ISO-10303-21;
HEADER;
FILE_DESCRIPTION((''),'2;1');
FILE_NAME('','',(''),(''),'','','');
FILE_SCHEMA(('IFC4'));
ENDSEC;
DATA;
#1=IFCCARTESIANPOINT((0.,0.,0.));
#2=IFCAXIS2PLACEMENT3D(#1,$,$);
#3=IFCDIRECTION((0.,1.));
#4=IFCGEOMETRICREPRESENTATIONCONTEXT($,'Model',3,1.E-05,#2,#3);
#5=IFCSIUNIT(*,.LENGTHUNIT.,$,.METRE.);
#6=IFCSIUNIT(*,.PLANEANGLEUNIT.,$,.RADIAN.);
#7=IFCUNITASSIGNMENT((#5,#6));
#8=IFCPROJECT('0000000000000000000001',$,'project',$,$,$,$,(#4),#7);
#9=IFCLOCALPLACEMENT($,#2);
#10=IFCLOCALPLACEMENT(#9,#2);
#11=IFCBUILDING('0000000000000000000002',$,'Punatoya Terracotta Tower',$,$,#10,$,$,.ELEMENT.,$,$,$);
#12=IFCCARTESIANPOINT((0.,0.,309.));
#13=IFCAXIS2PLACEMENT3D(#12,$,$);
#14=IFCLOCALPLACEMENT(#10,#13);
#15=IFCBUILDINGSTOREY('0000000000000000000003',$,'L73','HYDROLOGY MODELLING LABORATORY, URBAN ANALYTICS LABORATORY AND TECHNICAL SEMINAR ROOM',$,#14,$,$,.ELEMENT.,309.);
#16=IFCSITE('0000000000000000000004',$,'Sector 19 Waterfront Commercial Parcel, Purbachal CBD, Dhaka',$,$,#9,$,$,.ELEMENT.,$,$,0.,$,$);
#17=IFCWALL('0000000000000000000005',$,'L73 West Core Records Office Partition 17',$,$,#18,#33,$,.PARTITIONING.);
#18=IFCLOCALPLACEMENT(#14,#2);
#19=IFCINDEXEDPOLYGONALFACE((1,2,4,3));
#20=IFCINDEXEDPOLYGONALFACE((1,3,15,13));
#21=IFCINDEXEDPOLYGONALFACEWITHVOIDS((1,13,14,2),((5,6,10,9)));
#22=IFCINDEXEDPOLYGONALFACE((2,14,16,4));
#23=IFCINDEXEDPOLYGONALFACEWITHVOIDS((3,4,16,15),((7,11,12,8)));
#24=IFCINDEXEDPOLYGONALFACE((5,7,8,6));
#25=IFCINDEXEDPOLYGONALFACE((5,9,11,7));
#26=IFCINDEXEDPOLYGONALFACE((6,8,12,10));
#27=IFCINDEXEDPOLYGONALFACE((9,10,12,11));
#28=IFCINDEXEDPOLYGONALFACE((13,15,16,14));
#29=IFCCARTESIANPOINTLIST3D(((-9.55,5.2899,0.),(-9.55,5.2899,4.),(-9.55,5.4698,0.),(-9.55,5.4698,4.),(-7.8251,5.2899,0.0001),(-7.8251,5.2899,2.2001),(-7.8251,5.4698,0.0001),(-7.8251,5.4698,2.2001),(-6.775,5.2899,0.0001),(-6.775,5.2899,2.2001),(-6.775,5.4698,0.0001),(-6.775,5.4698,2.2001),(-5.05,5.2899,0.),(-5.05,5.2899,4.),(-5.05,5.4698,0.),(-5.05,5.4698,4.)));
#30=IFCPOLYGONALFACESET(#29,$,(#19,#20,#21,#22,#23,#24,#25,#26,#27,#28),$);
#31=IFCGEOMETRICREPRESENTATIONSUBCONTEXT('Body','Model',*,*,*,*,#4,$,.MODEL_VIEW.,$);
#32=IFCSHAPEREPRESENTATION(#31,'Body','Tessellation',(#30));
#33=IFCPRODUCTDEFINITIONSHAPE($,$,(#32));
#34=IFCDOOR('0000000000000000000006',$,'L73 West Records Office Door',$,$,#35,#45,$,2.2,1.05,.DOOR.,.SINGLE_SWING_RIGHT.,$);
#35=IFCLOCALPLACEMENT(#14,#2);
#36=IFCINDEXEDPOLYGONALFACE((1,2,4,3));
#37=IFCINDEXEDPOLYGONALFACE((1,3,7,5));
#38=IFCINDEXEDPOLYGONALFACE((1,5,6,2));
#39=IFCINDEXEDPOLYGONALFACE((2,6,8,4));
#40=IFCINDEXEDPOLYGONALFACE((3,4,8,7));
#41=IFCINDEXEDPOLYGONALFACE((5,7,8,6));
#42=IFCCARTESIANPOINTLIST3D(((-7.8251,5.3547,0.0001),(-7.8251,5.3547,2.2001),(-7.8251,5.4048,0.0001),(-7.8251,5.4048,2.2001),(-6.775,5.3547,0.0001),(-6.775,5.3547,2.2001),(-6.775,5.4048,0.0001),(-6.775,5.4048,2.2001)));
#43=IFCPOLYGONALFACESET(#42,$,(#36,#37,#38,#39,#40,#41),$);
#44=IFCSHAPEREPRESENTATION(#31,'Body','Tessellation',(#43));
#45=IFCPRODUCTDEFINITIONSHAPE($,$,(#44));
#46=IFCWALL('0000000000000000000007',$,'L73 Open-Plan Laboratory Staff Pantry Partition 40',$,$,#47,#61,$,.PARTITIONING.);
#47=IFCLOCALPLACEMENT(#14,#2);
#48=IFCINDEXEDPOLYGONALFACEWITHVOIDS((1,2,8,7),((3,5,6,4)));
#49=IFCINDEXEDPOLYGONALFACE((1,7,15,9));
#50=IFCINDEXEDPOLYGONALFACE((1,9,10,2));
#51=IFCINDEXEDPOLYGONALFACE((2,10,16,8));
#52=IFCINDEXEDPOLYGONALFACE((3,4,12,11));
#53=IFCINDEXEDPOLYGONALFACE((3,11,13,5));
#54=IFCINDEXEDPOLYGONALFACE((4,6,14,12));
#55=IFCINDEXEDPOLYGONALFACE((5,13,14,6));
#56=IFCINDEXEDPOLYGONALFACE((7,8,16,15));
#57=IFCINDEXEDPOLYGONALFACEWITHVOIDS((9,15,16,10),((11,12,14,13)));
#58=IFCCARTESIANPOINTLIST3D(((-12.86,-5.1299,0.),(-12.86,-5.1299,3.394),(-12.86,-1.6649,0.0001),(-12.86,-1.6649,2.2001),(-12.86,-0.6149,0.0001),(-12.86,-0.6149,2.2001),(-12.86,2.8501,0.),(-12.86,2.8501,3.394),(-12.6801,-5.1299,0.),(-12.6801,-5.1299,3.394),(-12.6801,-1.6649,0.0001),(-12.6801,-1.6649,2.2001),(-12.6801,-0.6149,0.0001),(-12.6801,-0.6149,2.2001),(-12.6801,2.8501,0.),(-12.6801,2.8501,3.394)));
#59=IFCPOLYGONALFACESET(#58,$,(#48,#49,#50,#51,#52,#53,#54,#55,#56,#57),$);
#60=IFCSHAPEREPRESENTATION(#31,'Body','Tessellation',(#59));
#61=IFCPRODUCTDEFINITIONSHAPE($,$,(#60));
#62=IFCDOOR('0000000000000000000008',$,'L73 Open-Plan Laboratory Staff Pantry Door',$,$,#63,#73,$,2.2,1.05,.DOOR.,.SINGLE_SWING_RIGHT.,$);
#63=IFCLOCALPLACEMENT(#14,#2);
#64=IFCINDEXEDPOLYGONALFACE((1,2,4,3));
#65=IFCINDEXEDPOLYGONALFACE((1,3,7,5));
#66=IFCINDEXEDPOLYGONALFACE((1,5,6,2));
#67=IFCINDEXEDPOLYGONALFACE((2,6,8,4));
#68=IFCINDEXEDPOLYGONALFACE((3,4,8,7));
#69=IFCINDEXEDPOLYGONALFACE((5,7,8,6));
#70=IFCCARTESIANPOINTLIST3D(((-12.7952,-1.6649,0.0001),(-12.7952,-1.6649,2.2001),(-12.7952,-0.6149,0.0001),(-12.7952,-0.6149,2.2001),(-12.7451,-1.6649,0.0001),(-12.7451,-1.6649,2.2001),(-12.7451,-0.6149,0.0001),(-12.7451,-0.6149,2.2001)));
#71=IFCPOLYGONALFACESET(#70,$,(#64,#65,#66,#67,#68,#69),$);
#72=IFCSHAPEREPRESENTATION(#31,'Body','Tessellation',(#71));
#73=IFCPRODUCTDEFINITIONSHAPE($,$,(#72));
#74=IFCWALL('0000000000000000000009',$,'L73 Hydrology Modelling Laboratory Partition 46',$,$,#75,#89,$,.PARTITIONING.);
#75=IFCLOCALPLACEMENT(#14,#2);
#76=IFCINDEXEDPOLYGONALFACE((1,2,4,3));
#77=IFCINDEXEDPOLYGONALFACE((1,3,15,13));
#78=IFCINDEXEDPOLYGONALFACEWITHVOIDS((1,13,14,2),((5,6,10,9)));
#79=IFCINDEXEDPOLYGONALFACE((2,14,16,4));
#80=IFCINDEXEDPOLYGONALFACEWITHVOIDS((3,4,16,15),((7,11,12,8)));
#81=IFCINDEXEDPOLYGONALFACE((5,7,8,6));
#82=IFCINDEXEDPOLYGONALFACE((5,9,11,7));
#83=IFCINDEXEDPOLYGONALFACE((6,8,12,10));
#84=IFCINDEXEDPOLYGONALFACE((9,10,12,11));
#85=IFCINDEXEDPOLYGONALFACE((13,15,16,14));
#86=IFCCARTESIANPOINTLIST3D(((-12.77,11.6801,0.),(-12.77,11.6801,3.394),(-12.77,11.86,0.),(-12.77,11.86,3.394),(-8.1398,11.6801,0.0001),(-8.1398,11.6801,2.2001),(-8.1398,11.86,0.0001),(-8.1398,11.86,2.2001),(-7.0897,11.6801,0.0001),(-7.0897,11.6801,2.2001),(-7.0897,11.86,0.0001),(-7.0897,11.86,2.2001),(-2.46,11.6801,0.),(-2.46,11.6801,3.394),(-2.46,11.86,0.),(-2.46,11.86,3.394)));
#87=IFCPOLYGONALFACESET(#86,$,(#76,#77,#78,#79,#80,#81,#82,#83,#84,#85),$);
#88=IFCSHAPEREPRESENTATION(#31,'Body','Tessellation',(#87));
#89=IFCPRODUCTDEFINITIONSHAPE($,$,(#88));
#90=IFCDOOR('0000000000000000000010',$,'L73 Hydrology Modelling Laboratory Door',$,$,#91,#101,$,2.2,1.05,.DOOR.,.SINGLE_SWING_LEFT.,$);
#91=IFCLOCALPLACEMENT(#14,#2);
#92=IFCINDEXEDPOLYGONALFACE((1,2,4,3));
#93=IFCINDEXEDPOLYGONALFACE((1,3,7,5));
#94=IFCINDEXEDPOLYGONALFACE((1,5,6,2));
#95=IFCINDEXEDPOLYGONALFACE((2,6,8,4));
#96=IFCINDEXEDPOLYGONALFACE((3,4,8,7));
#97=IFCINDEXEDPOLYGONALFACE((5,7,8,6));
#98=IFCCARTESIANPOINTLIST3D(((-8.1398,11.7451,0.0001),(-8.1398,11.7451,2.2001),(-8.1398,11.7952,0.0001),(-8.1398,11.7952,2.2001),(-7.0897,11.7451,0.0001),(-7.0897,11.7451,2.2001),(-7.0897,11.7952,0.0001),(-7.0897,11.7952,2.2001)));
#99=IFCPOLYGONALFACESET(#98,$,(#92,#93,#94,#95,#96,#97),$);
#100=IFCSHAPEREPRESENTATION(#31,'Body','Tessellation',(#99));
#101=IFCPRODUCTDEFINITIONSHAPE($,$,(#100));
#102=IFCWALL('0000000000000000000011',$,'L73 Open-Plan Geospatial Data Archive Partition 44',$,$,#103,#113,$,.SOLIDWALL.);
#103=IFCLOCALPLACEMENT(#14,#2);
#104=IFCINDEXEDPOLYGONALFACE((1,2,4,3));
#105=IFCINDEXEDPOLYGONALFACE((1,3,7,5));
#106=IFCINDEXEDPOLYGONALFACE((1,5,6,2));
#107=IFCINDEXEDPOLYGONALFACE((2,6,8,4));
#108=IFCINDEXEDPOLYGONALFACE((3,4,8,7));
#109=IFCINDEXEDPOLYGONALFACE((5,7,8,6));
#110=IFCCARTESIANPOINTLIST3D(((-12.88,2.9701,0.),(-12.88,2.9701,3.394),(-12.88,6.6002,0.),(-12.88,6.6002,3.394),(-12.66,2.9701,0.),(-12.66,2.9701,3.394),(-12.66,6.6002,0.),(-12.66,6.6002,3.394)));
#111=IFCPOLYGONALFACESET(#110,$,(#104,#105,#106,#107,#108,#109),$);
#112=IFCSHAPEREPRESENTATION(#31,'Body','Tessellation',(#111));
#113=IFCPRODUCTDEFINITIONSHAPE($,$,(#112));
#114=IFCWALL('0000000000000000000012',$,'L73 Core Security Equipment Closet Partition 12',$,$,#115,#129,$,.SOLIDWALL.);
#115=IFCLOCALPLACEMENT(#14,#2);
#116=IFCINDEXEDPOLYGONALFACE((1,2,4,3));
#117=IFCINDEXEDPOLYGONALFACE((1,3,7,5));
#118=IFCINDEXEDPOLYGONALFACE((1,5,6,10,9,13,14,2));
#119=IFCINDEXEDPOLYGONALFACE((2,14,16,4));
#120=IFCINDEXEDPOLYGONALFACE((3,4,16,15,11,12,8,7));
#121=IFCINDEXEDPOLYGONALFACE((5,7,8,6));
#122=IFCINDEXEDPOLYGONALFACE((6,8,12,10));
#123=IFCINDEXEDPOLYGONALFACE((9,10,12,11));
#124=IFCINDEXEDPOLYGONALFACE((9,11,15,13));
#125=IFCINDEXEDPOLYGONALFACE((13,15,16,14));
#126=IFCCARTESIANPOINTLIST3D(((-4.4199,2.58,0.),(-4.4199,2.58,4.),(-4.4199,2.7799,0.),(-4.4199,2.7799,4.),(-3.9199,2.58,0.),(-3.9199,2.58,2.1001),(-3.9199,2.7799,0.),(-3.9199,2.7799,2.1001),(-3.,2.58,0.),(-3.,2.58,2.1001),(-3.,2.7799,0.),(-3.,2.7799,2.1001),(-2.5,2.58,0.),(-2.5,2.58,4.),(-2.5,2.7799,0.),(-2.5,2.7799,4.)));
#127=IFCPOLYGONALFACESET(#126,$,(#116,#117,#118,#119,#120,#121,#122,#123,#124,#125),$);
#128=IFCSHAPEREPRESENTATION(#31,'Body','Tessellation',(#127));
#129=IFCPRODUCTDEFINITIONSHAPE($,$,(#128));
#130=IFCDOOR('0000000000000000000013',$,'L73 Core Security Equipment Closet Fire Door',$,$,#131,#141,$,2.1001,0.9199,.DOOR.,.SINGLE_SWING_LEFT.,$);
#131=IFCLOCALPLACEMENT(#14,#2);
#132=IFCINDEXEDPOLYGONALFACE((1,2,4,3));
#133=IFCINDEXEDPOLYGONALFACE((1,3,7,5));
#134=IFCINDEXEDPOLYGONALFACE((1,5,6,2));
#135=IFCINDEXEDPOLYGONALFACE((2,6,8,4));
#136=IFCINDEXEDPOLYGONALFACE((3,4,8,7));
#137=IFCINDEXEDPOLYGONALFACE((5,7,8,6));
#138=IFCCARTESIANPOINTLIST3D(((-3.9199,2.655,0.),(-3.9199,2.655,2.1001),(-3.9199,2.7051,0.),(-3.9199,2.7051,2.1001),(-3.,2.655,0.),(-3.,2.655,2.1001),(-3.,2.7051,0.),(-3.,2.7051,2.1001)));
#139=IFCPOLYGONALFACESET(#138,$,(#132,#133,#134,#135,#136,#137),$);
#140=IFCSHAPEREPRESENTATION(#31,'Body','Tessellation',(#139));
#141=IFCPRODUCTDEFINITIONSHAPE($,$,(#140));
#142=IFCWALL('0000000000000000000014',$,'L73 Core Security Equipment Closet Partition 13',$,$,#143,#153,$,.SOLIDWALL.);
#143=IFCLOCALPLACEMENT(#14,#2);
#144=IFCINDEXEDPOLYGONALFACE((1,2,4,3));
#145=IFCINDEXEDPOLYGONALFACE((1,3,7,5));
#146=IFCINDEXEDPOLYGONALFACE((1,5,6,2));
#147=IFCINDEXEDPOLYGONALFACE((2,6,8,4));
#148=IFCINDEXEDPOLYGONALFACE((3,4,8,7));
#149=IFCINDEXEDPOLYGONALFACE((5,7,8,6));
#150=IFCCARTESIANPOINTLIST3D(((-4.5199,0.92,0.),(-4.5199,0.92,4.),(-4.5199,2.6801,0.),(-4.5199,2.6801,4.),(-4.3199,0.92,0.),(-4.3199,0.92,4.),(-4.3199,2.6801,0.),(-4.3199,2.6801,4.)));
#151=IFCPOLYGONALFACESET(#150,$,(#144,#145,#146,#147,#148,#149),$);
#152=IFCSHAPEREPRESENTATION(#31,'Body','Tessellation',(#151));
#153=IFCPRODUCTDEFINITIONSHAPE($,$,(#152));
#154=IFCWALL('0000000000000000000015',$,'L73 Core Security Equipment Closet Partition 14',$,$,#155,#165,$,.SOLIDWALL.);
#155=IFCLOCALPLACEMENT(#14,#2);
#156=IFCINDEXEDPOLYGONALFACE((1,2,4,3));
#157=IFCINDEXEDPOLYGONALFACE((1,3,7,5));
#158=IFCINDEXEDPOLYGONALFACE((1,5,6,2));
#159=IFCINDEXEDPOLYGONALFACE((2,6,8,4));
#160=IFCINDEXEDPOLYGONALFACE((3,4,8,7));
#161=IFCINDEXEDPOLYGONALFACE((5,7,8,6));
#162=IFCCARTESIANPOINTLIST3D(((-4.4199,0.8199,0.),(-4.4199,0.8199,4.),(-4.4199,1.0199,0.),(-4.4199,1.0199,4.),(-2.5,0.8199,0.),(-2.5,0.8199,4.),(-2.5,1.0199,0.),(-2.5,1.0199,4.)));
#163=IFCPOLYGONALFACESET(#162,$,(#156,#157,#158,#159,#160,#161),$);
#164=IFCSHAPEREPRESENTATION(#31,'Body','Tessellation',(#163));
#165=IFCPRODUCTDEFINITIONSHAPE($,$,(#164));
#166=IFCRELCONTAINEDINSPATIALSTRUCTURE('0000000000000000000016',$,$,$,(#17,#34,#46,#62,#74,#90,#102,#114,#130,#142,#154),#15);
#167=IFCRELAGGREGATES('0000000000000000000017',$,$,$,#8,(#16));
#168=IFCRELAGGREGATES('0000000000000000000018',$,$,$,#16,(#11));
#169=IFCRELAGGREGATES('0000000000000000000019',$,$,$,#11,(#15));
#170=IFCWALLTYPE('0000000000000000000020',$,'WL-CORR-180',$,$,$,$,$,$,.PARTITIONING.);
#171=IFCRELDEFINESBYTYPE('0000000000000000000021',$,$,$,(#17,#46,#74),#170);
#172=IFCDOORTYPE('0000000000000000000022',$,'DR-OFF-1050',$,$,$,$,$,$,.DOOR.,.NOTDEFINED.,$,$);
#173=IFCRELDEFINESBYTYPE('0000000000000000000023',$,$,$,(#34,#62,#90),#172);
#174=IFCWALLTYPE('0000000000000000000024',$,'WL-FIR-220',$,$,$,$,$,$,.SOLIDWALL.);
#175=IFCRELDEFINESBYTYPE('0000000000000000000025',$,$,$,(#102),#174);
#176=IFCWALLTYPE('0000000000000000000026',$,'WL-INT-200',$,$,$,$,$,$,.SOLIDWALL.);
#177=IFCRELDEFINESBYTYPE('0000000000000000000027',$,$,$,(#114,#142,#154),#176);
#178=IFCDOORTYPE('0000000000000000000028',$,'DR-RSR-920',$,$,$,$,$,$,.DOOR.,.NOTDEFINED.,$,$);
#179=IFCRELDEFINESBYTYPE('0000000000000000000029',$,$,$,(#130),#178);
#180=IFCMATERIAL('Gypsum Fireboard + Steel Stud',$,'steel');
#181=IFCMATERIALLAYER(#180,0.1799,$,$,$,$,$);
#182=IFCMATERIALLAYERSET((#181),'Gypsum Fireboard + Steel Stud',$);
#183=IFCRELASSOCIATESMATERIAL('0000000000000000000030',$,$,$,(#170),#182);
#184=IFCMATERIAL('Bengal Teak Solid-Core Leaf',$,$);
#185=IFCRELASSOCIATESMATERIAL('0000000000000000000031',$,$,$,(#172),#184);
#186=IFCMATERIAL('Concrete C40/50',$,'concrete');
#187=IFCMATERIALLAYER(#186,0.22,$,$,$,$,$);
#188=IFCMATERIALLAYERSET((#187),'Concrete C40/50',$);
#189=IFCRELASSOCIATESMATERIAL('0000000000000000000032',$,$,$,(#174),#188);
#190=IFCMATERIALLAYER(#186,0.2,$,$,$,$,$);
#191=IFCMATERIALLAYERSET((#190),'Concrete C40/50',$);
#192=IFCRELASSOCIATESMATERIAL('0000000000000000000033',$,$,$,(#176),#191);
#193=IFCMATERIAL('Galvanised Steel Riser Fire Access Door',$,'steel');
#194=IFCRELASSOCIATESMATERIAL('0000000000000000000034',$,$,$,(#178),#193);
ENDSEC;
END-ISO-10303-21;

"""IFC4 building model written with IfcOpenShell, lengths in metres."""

from ifc_helpers import new_model, si_unit, direction, frame, frame_2d, origin, place, context, subcontext, project, spatial, rectangle, extrude, material, layer, layer_set, type_object, element, fill, save


model = new_model("IFC4")

# Units and contexts
model_context = context("Model", 3, precision=1e-05, world=origin(), true_north=direction((0.0, 1.0)))
body_context = subcontext(model_context, "Body", "Model", "MODEL_VIEW")
ifc_project = project(units=[si_unit("LENGTHUNIT", "METRE"), si_unit("PLANEANGLEUNIT", "RADIAN")], contexts=[model_context])

# Site, building, storey
site_placement = place(None, origin())
site = spatial("IfcSite", under=ifc_project, at=site_placement, Name="Sector 19 Waterfront Commercial Parcel, Purbachal CBD, Dhaka", CompositionType="ELEMENT", RefElevation=0.0)
building_placement = place(site_placement, origin())
building = spatial("IfcBuilding", under=site, at=building_placement, Name="Punatoya Terracotta Tower", CompositionType="ELEMENT")
storey_placement = place(building_placement, frame((0.0, 0.0, 309.0)))
storey = spatial("IfcBuildingStorey", under=building, at=storey_placement, Name="L73", Description="HYDROLOGY MODELLING LABORATORY, URBAN ANALYTICS LABORATORY AND TECHNICAL SEMINAR ROOM", CompositionType="ELEMENT", Elevation=309.0)

# Shared definitions
ifc_material_1 = material(Name="Gypsum Fireboard + Steel Stud", Category="steel")
ifc_layer_1 = layer(ifc_material_1, 0.1799)
ifc_layer_set_1 = layer_set([ifc_layer_1], Name="Gypsum Fireboard + Steel Stud")
wall_type_1 = type_object("IfcWallType", Name="WL-CORR-180", PredefinedType="PARTITIONING", material=ifc_layer_set_1)

# Walls, openings, doors
wall_1_placement = place(storey_placement, frame((-9.55, 5.3799, 0.0), z_axis=(0.0, 0.0, 1.0), x_axis=(1.0, 0.0, 0.0)))
wall_1 = element("IfcWall", 1, at=wall_1_placement, inside=storey, type_object=wall_type_1, Name="L73 West Core Records Office Partition 17", PredefinedType="PARTITIONING", context=body_context, shape_type="SweptSolid", body=[
    extrude(rectangle(XDim=4.5, YDim=0.1799, at=frame_2d((2.25, 0.0))), origin(), (0.0, 0.0, 1.0), 4.0),
])
opening_1_placement = place(wall_1_placement, frame((1.7251, 0.0, 0.0)))
opening_1 = element("IfcOpeningElement", 2, at=opening_1_placement, cuts=wall_1, PredefinedType="OPENING", context=body_context, shape_type="SweptSolid", body=[
    extrude(rectangle(XDim=1.05, YDim=2.2, at=frame_2d((0.5249, 1.1001))), frame((0.0, 0.0999, 0.0), z_axis=(0.0, -1.0, 0.0), x_axis=(1.0, 0.0, 0.0)), (0.0, 0.0, 1.0), 0.2),
])
ifc_material_2 = material(Name="Bengal Teak Solid-Core Leaf")
door_type_1 = type_object("IfcDoorType", Name="DR-OFF-1050", OperationType="NOTDEFINED", PredefinedType="DOOR", material=ifc_material_2)
door_1_placement = place(opening_1_placement, origin())
door_1 = element("IfcDoor", 3, at=door_1_placement, inside=storey, type_object=door_type_1, Name="L73 West Records Office Door", OperationType="SINGLE_SWING_RIGHT", OverallHeight=2.2, OverallWidth=1.05, PredefinedType="DOOR", context=body_context, shape_type="SweptSolid", body=[
    extrude(rectangle(XDim=1.05, YDim=2.2, at=frame_2d((0.5249, 1.1001))), frame((0.0, 0.0249, 0.0), z_axis=(0.0, -1.0, 0.0), x_axis=(1.0, 0.0, 0.0)), (0.0, 0.0, 1.0), 0.05),
])
fill(opening_1, door_1)
wall_2_placement = place(storey_placement, frame((-12.77, 2.8501, 0.0), z_axis=(0.0, 0.0, 1.0), x_axis=(0.0, -1.0, 0.0)))
wall_2 = element("IfcWall", 4, at=wall_2_placement, inside=storey, type_object=wall_type_1, Name="L73 Open-Plan Laboratory Staff Pantry Partition 40", PredefinedType="PARTITIONING", context=body_context, shape_type="SweptSolid", body=[
    extrude(rectangle(XDim=7.98, YDim=0.1799, at=frame_2d((3.99, 0.0))), origin(), (0.0, 0.0, 1.0), 3.394),
])
opening_2_placement = place(wall_2_placement, frame((3.4651, 0.0, 0.0)))
opening_2 = element("IfcOpeningElement", 5, at=opening_2_placement, cuts=wall_2, PredefinedType="OPENING", context=body_context, shape_type="SweptSolid", body=[
    extrude(rectangle(XDim=1.05, YDim=2.2, at=frame_2d((0.5249, 1.1001))), frame((0.0, 0.0999, 0.0), z_axis=(0.0, -1.0, 0.0), x_axis=(1.0, 0.0, 0.0)), (0.0, 0.0, 1.0), 0.2),
])
door_2_placement = place(opening_2_placement, origin())
door_2 = element("IfcDoor", 6, at=door_2_placement, inside=storey, type_object=door_type_1, Name="L73 Open-Plan Laboratory Staff Pantry Door", OperationType="SINGLE_SWING_RIGHT", OverallHeight=2.2, OverallWidth=1.05, PredefinedType="DOOR", context=body_context, shape_type="SweptSolid", body=[
    extrude(rectangle(XDim=1.05, YDim=2.2, at=frame_2d((0.5249, 1.1001))), frame((0.0, 0.0249, 0.0), z_axis=(0.0, -1.0, 0.0), x_axis=(1.0, 0.0, 0.0)), (0.0, 0.0, 1.0), 0.05),
])
fill(opening_2, door_2)
wall_3_placement = place(storey_placement, frame((-2.46, 11.77, 0.0), z_axis=(0.0, 0.0, 1.0), x_axis=(-1.0, 0.0, 0.0)))
wall_3 = element("IfcWall", 7, at=wall_3_placement, inside=storey, type_object=wall_type_1, Name="L73 Hydrology Modelling Laboratory Partition 46", PredefinedType="PARTITIONING", context=body_context, shape_type="SweptSolid", body=[
    extrude(rectangle(XDim=10.3101, YDim=0.1799, at=frame_2d((5.155, 0.0))), origin(), (0.0, 0.0, 1.0), 3.394),
])
opening_3_placement = place(wall_3_placement, frame((4.6299, 0.0, 0.0)))
opening_3 = element("IfcOpeningElement", 8, at=opening_3_placement, cuts=wall_3, PredefinedType="OPENING", context=body_context, shape_type="SweptSolid", body=[
    extrude(rectangle(XDim=1.05, YDim=2.2, at=frame_2d((0.5249, 1.1001))), frame((0.0, 0.0999, 0.0), z_axis=(0.0, -1.0, 0.0), x_axis=(1.0, 0.0, 0.0)), (0.0, 0.0, 1.0), 0.2),
])
door_3_placement = place(opening_3_placement, origin())
door_3 = element("IfcDoor", 9, at=door_3_placement, inside=storey, type_object=door_type_1, Name="L73 Hydrology Modelling Laboratory Door", OperationType="SINGLE_SWING_LEFT", OverallHeight=2.2, OverallWidth=1.05, PredefinedType="DOOR", context=body_context, shape_type="SweptSolid", body=[
    extrude(rectangle(XDim=1.05, YDim=2.2, at=frame_2d((0.5249, 1.1001))), frame((0.0, 0.0249, 0.0), z_axis=(0.0, -1.0, 0.0), x_axis=(1.0, 0.0, 0.0)), (0.0, 0.0, 1.0), 0.05),
])
fill(opening_3, door_3)

# Wall
ifc_material_3 = material(Name="Concrete C40/50", Category="concrete")
ifc_layer_2 = layer(ifc_material_3, 0.22)
ifc_layer_set_2 = layer_set([ifc_layer_2], Name="Concrete C40/50")
wall_type_2 = type_object("IfcWallType", Name="WL-FIR-220", PredefinedType="SOLIDWALL", material=ifc_layer_set_2)
wall_4_placement = place(storey_placement, frame((-12.77, 6.6001, 0.0), z_axis=(0.0, 0.0, 1.0), x_axis=(0.0, -1.0, 0.0)))
element("IfcWall", 10, at=wall_4_placement, inside=storey, type_object=wall_type_2, Name="L73 Open-Plan Geospatial Data Archive Partition 44", PredefinedType="SOLIDWALL", context=body_context, shape_type="SweptSolid", body=[
    extrude(rectangle(XDim=3.6301, YDim=0.22, at=frame_2d((1.8149, 0.0))), origin(), (0.0, 0.0, 1.0), 3.394),
])

# Wall, opening, door
ifc_layer_3 = layer(ifc_material_3, 0.2)
ifc_layer_set_3 = layer_set([ifc_layer_3], Name="Concrete C40/50")
wall_type_3 = type_object("IfcWallType", Name="WL-INT-200", PredefinedType="SOLIDWALL", material=ifc_layer_set_3)
wall_5_placement = place(storey_placement, frame((-2.5, 2.6799, 0.0), z_axis=(0.0, 0.0, 1.0), x_axis=(-1.0, 0.0, 0.0)))
wall_5 = element("IfcWall", 11, at=wall_5_placement, inside=storey, type_object=wall_type_3, Name="L73 Core Security Equipment Closet Partition 12", PredefinedType="SOLIDWALL", context=body_context, shape_type="SweptSolid", body=[
    extrude(rectangle(XDim=1.9199, YDim=0.2, at=frame_2d((0.96, 0.0))), origin(), (0.0, 0.0, 1.0), 4.0),
])
opening_4_placement = place(wall_5_placement, frame((0.5, 0.0, 0.0)))
opening_4 = element("IfcOpeningElement", 12, at=opening_4_placement, cuts=wall_5, PredefinedType="OPENING", context=body_context, shape_type="SweptSolid", body=[
    extrude(rectangle(XDim=0.9199, YDim=2.1001, at=frame_2d((0.46, 1.05))), frame((0.0, 0.1099, 0.0), z_axis=(0.0, -1.0, 0.0), x_axis=(1.0, 0.0, 0.0)), (0.0, 0.0, 1.0), 0.22),
])
ifc_material_4 = material(Name="Galvanised Steel Riser Fire Access Door", Category="steel")
door_type_2 = type_object("IfcDoorType", Name="DR-RSR-920", OperationType="NOTDEFINED", PredefinedType="DOOR", material=ifc_material_4)
door_4_placement = place(opening_4_placement, origin())
door_4 = element("IfcDoor", 13, at=door_4_placement, inside=storey, type_object=door_type_2, Name="L73 Core Security Equipment Closet Fire Door", OperationType="SINGLE_SWING_LEFT", OverallHeight=2.1001, OverallWidth=0.9199, PredefinedType="DOOR", context=body_context, shape_type="SweptSolid", body=[
    extrude(rectangle(XDim=0.9199, YDim=2.1001, at=frame_2d((0.46, 1.05))), frame((0.0, 0.0249, 0.0), z_axis=(0.0, -1.0, 0.0), x_axis=(1.0, 0.0, 0.0)), (0.0, 0.0, 1.0), 0.05),
])
fill(opening_4, door_4)

# Walls
wall_6_placement = place(storey_placement, frame((-4.4199, 2.6799, 0.0), z_axis=(0.0, 0.0, 1.0), x_axis=(0.0, -1.0, 0.0)))
element("IfcWall", 14, at=wall_6_placement, inside=storey, type_object=wall_type_3, Name="L73 Core Security Equipment Closet Partition 13", PredefinedType="SOLIDWALL", context=body_context, shape_type="SweptSolid", body=[
    extrude(rectangle(XDim=1.76, YDim=0.2, at=frame_2d((0.8799, 0.0))), origin(), (0.0, 0.0, 1.0), 4.0),
])
wall_7_placement = place(storey_placement, frame((-4.4199, 0.9199, 0.0), z_axis=(0.0, 0.0, 1.0), x_axis=(1.0, 0.0, 0.0)))
element("IfcWall", 15, at=wall_7_placement, inside=storey, type_object=wall_type_3, Name="L73 Core Security Equipment Closet Partition 14", PredefinedType="SOLIDWALL", context=body_context, shape_type="SweptSolid", body=[
    extrude(rectangle(XDim=1.9199, YDim=0.2, at=frame_2d((0.96, 0.0))), origin(), (0.0, 0.0, 1.0), 4.0),
])

save(model, "model.ifc")
